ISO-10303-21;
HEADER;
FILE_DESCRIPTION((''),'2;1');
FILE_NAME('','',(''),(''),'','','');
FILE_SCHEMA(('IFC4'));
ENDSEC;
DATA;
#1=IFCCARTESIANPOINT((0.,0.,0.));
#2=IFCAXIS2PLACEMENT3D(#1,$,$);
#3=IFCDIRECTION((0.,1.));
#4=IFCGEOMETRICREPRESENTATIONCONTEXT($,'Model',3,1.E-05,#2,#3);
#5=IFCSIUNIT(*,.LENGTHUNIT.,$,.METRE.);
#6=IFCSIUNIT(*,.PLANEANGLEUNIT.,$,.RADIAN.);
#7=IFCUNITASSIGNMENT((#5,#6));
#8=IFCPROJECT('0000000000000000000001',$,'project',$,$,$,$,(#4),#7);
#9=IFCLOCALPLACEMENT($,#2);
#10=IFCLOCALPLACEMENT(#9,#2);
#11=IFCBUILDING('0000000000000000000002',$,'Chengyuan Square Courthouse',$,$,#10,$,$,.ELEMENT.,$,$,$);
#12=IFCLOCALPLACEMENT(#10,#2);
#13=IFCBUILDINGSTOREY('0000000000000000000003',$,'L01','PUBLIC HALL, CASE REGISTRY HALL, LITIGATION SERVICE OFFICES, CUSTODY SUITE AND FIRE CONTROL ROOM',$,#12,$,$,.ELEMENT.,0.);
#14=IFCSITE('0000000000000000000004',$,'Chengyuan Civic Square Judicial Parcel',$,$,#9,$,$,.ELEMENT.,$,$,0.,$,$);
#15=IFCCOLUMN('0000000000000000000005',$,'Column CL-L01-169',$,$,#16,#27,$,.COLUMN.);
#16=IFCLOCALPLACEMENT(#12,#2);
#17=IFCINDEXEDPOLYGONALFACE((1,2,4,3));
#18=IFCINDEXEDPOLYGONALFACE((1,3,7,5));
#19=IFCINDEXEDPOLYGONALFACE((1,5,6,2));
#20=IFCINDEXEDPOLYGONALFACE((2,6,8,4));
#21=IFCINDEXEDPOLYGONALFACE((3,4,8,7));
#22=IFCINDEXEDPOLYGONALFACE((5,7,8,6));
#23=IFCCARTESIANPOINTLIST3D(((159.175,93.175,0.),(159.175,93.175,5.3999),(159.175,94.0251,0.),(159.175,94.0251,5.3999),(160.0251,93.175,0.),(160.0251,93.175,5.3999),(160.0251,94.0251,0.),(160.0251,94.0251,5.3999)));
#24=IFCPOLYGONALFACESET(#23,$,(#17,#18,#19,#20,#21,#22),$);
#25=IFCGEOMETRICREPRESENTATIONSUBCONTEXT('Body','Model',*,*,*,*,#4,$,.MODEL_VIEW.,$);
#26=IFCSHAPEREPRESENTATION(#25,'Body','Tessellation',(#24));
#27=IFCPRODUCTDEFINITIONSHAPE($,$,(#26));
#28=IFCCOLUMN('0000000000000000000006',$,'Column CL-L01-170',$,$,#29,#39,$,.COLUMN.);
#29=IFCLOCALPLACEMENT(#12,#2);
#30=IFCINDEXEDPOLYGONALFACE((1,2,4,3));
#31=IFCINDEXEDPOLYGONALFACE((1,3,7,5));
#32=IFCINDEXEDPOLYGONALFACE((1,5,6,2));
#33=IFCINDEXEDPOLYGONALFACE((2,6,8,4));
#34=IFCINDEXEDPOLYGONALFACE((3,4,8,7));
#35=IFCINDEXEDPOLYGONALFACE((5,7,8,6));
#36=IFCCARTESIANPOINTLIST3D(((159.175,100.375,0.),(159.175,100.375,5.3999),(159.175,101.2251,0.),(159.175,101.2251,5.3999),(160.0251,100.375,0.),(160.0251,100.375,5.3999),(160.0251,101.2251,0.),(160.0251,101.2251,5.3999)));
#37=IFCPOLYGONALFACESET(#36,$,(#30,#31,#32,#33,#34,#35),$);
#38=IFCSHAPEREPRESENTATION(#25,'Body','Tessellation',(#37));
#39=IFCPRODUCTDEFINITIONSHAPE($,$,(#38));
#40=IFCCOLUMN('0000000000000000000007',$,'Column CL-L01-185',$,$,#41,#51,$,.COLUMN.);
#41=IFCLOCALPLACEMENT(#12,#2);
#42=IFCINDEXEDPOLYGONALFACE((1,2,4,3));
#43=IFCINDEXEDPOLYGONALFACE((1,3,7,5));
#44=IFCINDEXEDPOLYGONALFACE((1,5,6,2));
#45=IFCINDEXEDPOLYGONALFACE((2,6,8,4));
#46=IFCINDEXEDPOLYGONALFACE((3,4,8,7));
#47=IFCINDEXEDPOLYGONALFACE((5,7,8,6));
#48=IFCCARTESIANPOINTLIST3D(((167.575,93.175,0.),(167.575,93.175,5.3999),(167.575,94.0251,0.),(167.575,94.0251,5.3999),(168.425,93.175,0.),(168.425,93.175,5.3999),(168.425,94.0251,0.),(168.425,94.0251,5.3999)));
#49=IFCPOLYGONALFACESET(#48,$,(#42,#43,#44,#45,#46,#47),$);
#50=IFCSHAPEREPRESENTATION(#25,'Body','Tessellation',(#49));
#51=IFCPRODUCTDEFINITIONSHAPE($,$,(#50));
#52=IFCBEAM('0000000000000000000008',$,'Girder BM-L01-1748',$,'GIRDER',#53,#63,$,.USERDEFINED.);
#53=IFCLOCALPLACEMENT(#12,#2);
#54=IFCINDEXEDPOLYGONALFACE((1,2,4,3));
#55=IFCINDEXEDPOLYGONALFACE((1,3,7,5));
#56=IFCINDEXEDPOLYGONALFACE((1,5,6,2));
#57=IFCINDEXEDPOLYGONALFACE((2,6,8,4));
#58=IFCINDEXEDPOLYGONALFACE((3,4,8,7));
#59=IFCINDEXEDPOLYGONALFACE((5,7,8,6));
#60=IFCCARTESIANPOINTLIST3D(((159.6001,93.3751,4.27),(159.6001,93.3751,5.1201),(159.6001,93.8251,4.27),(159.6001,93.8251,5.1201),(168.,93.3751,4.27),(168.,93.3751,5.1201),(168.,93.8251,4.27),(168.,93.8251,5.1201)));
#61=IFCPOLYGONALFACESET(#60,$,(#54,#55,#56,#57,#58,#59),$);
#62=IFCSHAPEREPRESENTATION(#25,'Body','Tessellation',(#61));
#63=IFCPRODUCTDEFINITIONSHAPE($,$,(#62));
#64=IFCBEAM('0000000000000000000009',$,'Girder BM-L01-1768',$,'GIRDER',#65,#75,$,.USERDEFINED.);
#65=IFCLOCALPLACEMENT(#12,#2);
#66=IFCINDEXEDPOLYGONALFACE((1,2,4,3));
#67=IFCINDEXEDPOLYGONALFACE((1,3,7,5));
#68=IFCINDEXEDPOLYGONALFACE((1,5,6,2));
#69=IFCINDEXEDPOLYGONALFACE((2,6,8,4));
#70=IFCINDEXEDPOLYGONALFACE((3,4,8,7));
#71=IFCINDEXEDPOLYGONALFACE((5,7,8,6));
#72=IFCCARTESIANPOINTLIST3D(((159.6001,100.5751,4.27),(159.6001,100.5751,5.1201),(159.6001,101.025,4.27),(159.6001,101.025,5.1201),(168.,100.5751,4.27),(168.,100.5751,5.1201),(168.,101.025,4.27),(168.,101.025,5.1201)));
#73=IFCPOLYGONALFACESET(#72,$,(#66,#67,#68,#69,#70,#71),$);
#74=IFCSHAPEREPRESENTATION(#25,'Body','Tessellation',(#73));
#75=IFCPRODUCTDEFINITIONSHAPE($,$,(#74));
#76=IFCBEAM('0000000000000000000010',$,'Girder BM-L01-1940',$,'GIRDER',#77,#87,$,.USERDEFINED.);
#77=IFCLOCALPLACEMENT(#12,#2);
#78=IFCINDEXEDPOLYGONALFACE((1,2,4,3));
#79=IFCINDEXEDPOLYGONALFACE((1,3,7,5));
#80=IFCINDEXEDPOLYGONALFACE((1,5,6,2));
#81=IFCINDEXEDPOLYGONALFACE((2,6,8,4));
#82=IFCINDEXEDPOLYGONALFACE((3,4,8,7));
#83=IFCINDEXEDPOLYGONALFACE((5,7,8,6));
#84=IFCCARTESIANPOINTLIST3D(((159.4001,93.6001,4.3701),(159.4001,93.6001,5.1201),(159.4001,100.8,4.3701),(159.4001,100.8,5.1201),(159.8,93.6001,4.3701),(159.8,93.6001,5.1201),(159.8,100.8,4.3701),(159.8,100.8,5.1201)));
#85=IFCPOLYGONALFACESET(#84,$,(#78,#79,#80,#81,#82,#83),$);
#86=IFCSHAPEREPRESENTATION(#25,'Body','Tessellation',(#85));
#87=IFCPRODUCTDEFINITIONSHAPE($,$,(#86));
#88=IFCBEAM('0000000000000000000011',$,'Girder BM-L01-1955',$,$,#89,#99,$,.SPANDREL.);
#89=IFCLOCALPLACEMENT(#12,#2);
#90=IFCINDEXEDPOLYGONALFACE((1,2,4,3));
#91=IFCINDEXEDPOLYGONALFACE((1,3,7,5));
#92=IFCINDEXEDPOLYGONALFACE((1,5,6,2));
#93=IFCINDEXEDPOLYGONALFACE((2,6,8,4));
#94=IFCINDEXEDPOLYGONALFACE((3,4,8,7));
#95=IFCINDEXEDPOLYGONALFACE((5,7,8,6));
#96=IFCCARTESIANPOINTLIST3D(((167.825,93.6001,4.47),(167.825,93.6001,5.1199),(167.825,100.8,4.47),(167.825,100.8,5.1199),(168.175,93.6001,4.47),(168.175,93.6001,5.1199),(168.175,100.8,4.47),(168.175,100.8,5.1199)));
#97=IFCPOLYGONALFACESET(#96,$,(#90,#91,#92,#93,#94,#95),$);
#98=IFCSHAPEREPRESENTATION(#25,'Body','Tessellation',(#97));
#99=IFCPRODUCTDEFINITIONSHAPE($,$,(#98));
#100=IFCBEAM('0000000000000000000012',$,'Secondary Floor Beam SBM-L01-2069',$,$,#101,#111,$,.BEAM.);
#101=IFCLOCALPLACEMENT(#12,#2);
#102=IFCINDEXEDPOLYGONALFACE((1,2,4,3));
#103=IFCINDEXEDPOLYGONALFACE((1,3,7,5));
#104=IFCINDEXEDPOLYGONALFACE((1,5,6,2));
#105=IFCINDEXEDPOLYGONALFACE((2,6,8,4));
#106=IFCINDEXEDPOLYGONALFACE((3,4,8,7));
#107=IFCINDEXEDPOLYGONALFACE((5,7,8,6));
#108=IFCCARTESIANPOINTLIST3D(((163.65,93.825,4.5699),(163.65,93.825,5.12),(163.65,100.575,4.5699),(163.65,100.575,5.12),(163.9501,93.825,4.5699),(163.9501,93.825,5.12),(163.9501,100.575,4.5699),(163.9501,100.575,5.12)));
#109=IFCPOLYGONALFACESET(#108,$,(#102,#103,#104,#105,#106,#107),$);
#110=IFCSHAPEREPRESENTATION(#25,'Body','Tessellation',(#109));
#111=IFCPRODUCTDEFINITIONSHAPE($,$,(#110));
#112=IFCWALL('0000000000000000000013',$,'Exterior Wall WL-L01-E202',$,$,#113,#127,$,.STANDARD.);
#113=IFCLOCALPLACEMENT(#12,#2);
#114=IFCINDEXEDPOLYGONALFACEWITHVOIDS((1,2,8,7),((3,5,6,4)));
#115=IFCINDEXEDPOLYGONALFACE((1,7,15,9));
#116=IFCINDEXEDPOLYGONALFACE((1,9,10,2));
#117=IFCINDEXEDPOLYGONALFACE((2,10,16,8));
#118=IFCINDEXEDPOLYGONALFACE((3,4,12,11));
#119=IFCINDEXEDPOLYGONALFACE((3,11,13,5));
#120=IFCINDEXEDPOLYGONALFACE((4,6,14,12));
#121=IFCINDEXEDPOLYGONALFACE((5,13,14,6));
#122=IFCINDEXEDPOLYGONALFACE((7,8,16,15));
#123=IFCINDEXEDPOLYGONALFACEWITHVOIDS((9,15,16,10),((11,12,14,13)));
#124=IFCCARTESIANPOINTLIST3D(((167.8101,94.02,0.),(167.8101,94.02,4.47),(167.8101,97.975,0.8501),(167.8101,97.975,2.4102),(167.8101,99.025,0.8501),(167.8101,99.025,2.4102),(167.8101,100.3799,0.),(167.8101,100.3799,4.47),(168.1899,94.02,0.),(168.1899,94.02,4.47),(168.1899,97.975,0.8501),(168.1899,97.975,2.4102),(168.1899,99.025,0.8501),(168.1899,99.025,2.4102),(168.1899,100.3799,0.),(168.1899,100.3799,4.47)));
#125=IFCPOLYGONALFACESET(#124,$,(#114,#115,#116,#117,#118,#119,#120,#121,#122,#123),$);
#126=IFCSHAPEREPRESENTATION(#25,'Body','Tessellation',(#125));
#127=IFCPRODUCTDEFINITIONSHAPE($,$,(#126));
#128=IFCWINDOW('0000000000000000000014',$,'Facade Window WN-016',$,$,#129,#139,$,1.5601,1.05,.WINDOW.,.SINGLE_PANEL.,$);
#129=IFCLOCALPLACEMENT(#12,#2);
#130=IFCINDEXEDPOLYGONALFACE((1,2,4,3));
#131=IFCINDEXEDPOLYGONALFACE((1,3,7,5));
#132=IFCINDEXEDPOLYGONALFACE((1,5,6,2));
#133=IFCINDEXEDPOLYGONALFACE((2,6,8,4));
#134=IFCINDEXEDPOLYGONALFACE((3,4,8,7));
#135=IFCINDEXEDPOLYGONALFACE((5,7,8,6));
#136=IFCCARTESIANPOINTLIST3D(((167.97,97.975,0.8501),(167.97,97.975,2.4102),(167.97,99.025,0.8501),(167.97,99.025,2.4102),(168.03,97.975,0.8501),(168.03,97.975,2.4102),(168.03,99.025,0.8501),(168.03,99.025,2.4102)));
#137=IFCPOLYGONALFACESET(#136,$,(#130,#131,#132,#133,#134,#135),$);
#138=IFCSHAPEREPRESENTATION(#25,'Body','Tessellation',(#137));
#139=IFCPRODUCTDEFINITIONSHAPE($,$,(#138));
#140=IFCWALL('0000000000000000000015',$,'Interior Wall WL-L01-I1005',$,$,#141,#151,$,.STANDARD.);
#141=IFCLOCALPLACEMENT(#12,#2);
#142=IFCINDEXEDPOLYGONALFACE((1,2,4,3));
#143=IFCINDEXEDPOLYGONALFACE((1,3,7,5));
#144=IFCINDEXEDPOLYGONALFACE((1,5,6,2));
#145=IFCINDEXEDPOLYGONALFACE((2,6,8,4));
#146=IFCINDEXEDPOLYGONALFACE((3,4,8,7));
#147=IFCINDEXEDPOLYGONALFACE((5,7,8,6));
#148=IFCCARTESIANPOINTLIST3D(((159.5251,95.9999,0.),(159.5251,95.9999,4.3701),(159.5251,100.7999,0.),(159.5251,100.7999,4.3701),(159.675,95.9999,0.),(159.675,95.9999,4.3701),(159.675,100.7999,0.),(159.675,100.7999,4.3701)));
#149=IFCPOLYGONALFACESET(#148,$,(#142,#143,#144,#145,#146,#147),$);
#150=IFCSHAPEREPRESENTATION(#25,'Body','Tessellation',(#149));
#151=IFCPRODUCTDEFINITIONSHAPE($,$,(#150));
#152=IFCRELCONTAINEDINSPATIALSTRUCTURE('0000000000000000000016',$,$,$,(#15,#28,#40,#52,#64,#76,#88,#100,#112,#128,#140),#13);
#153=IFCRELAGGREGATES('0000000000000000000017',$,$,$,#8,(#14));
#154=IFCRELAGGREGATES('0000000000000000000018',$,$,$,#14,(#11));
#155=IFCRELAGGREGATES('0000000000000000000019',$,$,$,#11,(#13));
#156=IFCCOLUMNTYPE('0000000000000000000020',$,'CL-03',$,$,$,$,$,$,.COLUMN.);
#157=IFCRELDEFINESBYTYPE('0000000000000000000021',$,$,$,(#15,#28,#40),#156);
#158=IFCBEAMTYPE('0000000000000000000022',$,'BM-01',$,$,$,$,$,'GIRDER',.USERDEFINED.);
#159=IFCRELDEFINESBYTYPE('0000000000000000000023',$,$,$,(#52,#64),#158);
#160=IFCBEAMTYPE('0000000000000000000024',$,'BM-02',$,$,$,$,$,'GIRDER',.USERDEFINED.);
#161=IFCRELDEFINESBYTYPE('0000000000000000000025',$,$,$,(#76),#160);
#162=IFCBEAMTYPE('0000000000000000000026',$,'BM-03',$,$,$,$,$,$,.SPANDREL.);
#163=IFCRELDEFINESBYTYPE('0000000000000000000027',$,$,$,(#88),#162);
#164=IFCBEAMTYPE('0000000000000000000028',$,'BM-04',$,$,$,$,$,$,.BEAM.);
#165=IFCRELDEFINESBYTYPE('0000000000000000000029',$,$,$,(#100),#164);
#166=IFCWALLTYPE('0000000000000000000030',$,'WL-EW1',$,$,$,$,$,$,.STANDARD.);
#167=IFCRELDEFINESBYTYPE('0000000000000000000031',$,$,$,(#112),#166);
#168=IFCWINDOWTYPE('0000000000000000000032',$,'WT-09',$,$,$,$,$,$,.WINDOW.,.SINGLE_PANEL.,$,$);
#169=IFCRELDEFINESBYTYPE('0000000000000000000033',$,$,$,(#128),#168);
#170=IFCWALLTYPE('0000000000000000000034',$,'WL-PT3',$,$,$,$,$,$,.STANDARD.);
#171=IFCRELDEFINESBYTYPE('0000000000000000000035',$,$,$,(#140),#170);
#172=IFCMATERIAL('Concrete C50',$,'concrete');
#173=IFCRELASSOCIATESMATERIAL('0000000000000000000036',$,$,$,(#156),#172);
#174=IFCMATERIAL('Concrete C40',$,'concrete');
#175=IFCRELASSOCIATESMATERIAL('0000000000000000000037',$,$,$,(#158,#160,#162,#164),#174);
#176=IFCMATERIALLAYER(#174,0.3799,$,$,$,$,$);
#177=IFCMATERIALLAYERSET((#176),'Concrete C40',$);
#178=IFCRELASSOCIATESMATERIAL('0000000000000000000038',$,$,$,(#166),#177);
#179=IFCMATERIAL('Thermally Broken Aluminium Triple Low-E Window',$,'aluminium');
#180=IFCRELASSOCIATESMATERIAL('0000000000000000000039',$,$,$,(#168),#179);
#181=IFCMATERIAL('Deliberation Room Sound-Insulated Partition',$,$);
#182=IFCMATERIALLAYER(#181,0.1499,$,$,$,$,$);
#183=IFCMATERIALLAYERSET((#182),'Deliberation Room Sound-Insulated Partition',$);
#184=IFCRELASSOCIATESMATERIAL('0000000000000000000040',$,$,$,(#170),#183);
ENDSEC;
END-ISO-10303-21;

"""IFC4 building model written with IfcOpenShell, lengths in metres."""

from ifc_helpers import new_model, si_unit, direction, frame, frame_2d, origin, origin_2d, place, context, subcontext, project, spatial, rectangle, extrude, material, layer, layer_set, material_profile, profile_set, type_object, element, fill, save


model = new_model("IFC4")

# Units and contexts
model_context = context("Model", 3, precision=1e-05, world=origin(), true_north=direction((0.0, 1.0)))
body_context = subcontext(model_context, "Body", "Model", "MODEL_VIEW")
ifc_project = project(units=[si_unit("LENGTHUNIT", "METRE"), si_unit("PLANEANGLEUNIT", "RADIAN")], contexts=[model_context])

# Site, building, storey
site_placement = place(None, origin())
site = spatial("IfcSite", under=ifc_project, at=site_placement, Name="Chengyuan Civic Square Judicial Parcel", CompositionType="ELEMENT", RefElevation=0.0)
building_placement = place(site_placement, origin())
building = spatial("IfcBuilding", under=site, at=building_placement, Name="Chengyuan Square Courthouse", CompositionType="ELEMENT")
storey_placement = place(building_placement, origin())
storey = spatial("IfcBuildingStorey", under=building, at=storey_placement, Name="L01", Description="PUBLIC HALL, CASE REGISTRY HALL, LITIGATION SERVICE OFFICES, CUSTODY SUITE AND FIRE CONTROL ROOM", CompositionType="ELEMENT", Elevation=0.0)

# Columns
ifc_material_1 = material(Name="Concrete C50", Category="concrete")
ifc_material_profile_1 = material_profile(ifc_material_1, rectangle(XDim=0.8501, YDim=0.8501, at=origin_2d()), Name="RC-COL-850x850")
ifc_profile_set_1 = profile_set([ifc_material_profile_1], Name="Concrete C50")
column_type = type_object("IfcColumnType", Name="CL-03", PredefinedType="COLUMN", material=ifc_profile_set_1)
for number, where, z_axis, x_axis, name in (
    (1, (159.6001, 93.6001, 0.0), (0.0, 0.0, 1.0), (1.0, 0.0, 0.0), "Column CL-L01-169"),
    (2, (159.6001, 100.8, 0.0), (0.0, 0.0, 1.0), (1.0, 0.0, 0.0), "Column CL-L01-170"),
    (3, (168.0, 93.6001, 0.0), (0.0, 0.0, 1.0), (1.0, 0.0, 0.0), "Column CL-L01-185"),
):
    element("IfcColumn", number, at=place(storey_placement, frame(where, z_axis=z_axis, x_axis=x_axis)), inside=storey, type_object=column_type, Name=name, PredefinedType="COLUMN", context=body_context, shape_type="SweptSolid", body=[
        extrude(rectangle(XDim=0.8501, YDim=0.8501, at=origin_2d()), origin(), (0.0, 0.0, 1.0), 5.3999),
    ])

# Beams
ifc_material_2 = material(Name="Concrete C40", Category="concrete")
ifc_material_profile_2 = material_profile(ifc_material_2, rectangle(XDim=0.45, YDim=0.8501, at=origin_2d()), Name="RC-BM-450x850")
ifc_profile_set_2 = profile_set([ifc_material_profile_2], Name="Concrete C40")
beam_type_1 = type_object("IfcBeamType", Name="BM-01", ElementType="GIRDER", PredefinedType="USERDEFINED", material=ifc_profile_set_2)
for number, where, z_axis, x_axis, name in (
    (4, (159.6001, 93.6001, 4.6951), (1.0, 0.0, 0.0), (0.0, 1.0, 0.0), "Girder BM-L01-1748"),
    (5, (159.6001, 100.8, 4.6951), (1.0, 0.0, 0.0), (0.0, 1.0, 0.0), "Girder BM-L01-1768"),
):
    element("IfcBeam", number, at=place(storey_placement, frame(where, z_axis=z_axis, x_axis=x_axis)), inside=storey, type_object=beam_type_1, Name=name, ObjectType="GIRDER", PredefinedType="USERDEFINED", context=body_context, shape_type="SweptSolid", body=[
        extrude(rectangle(XDim=0.45, YDim=0.8501, at=origin_2d()), origin(), (0.0, 0.0, 1.0), 8.3999),
    ])
ifc_material_profile_3 = material_profile(ifc_material_2, rectangle(XDim=0.3999, YDim=0.75, at=origin_2d()), Name="RC-BM-400x750")
ifc_profile_set_3 = profile_set([ifc_material_profile_3], Name="Concrete C40")
beam_type_2 = type_object("IfcBeamType", Name="BM-02", ElementType="GIRDER", PredefinedType="USERDEFINED", material=ifc_profile_set_3)
beam_1_placement = place(storey_placement, frame((159.6001, 93.6001, 4.7451), z_axis=(0.0, 1.0, 0.0), x_axis=(-1.0, 0.0, 0.0)))
element("IfcBeam", 6, at=beam_1_placement, inside=storey, type_object=beam_type_2, Name="Girder BM-L01-1940", ObjectType="GIRDER", PredefinedType="USERDEFINED", context=body_context, shape_type="SweptSolid", body=[
    extrude(rectangle(XDim=0.3999, YDim=0.75, at=origin_2d()), origin(), (0.0, 0.0, 1.0), 7.2),
])
ifc_material_profile_4 = material_profile(ifc_material_2, rectangle(XDim=0.3501, YDim=0.6499, at=origin_2d()), Name="RC-BM-350x650")
ifc_profile_set_4 = profile_set([ifc_material_profile_4], Name="Concrete C40")
beam_type_3 = type_object("IfcBeamType", Name="BM-03", PredefinedType="SPANDREL", material=ifc_profile_set_4)
beam_2_placement = place(storey_placement, frame((168.0, 93.6001, 4.7949), z_axis=(0.0, 1.0, 0.0), x_axis=(-1.0, 0.0, 0.0)))
element("IfcBeam", 7, at=beam_2_placement, inside=storey, type_object=beam_type_3, Name="Girder BM-L01-1955", PredefinedType="SPANDREL", context=body_context, shape_type="SweptSolid", body=[
    extrude(rectangle(XDim=0.3501, YDim=0.6499, at=origin_2d()), origin(), (0.0, 0.0, 1.0), 7.2),
])
ifc_material_profile_5 = material_profile(ifc_material_2, rectangle(XDim=0.3, YDim=0.55, at=origin_2d()), Name="RC-BM-300x550")
ifc_profile_set_5 = profile_set([ifc_material_profile_5], Name="Concrete C40")
beam_type_4 = type_object("IfcBeamType", Name="BM-04", PredefinedType="BEAM", material=ifc_profile_set_5)
beam_3_placement = place(storey_placement, frame((163.8, 93.825, 4.845), z_axis=(0.0, 1.0, 0.0), x_axis=(-1.0, 0.0, 0.0)))
element("IfcBeam", 8, at=beam_3_placement, inside=storey, type_object=beam_type_4, Name="Secondary Floor Beam SBM-L01-2069", PredefinedType="BEAM", context=body_context, shape_type="SweptSolid", body=[
    extrude(rectangle(XDim=0.3, YDim=0.55, at=origin_2d()), origin(), (0.0, 0.0, 1.0), 6.75),
])

# Wall, opening, window
ifc_layer_1 = layer(ifc_material_2, 0.3799)
ifc_layer_set_1 = layer_set([ifc_layer_1], Name="Concrete C40")
wall_type_1 = type_object("IfcWallType", Name="WL-EW1", PredefinedType="STANDARD", material=ifc_layer_set_1)
wall_1_placement = place(storey_placement, frame((168.0, 94.02, 0.0), z_axis=(0.0, 0.0, 1.0), x_axis=(0.0, 1.0, 0.0)))
wall_1 = element("IfcWall", 9, at=wall_1_placement, inside=storey, type_object=wall_type_1, Name="Exterior Wall WL-L01-E202", PredefinedType="STANDARD", context=body_context, shape_type="SweptSolid", body=[
    extrude(rectangle(XDim=6.3599, YDim=0.3799, at=frame_2d((3.1799, 0.0))), origin(), (0.0, 0.0, 1.0), 4.47),
])
opening_1_placement = place(wall_1_placement, frame((3.9551, 0.0, 0.8501)))
opening_1 = element("IfcOpeningElement", 10, at=opening_1_placement, cuts=wall_1, PredefinedType="OPENING", context=body_context, shape_type="SweptSolid", body=[
    extrude(rectangle(XDim=1.05, YDim=1.5601, at=frame_2d((0.5249, 0.78))), frame((0.0, 0.2019, 0.0), z_axis=(0.0, -1.0, 0.0), x_axis=(1.0, 0.0, 0.0)), (0.0, 0.0, 1.0), 0.4038),
])
ifc_material_3 = material(Name="Thermally Broken Aluminium Triple Low-E Window", Category="aluminium")
window_type = type_object("IfcWindowType", Name="WT-09", PartitioningType="SINGLE_PANEL", PredefinedType="WINDOW", material=ifc_material_3)
window_placement = place(opening_1_placement, origin())
window = element("IfcWindow", 11, at=window_placement, inside=storey, type_object=window_type, Name="Facade Window WN-016", OverallHeight=1.5601, OverallWidth=1.05, PartitioningType="SINGLE_PANEL", PredefinedType="WINDOW", context=body_context, shape_type="SweptSolid", body=[
    extrude(rectangle(XDim=1.05, YDim=1.5601, at=frame_2d((0.5249, 0.78))), frame((0.0, 0.03, 0.0), z_axis=(0.0, -1.0, 0.0), x_axis=(1.0, 0.0, 0.0)), (0.0, 0.0, 1.0), 0.0601),
])
fill(opening_1, window)

# Shared definitions
ifc_material_4 = material(Name="Deliberation Room Sound-Insulated Partition")
ifc_layer_2 = layer(ifc_material_4, 0.1499)
ifc_layer_set_2 = layer_set([ifc_layer_2], Name="Deliberation Room Sound-Insulated Partition")
wall_type_2 = type_object("IfcWallType", Name="WL-PT3", PredefinedType="STANDARD", material=ifc_layer_set_2)

# Wall
wall_2_placement = place(storey_placement, frame((159.6001, 96.0, 0.0), z_axis=(0.0, 0.0, 1.0), x_axis=(0.0, 1.0, 0.0)))
element("IfcWall", 12, at=wall_2_placement, inside=storey, type_object=wall_type_2, Name="Interior Wall WL-L01-I1005", PredefinedType="STANDARD", context=body_context, shape_type="SweptSolid", body=[
    extrude(rectangle(XDim=4.8, YDim=0.1499, at=frame_2d((2.3999, 0.0))), origin(), (0.0, 0.0, 1.0), 4.3701),
])

save(model, "model.ifc")
